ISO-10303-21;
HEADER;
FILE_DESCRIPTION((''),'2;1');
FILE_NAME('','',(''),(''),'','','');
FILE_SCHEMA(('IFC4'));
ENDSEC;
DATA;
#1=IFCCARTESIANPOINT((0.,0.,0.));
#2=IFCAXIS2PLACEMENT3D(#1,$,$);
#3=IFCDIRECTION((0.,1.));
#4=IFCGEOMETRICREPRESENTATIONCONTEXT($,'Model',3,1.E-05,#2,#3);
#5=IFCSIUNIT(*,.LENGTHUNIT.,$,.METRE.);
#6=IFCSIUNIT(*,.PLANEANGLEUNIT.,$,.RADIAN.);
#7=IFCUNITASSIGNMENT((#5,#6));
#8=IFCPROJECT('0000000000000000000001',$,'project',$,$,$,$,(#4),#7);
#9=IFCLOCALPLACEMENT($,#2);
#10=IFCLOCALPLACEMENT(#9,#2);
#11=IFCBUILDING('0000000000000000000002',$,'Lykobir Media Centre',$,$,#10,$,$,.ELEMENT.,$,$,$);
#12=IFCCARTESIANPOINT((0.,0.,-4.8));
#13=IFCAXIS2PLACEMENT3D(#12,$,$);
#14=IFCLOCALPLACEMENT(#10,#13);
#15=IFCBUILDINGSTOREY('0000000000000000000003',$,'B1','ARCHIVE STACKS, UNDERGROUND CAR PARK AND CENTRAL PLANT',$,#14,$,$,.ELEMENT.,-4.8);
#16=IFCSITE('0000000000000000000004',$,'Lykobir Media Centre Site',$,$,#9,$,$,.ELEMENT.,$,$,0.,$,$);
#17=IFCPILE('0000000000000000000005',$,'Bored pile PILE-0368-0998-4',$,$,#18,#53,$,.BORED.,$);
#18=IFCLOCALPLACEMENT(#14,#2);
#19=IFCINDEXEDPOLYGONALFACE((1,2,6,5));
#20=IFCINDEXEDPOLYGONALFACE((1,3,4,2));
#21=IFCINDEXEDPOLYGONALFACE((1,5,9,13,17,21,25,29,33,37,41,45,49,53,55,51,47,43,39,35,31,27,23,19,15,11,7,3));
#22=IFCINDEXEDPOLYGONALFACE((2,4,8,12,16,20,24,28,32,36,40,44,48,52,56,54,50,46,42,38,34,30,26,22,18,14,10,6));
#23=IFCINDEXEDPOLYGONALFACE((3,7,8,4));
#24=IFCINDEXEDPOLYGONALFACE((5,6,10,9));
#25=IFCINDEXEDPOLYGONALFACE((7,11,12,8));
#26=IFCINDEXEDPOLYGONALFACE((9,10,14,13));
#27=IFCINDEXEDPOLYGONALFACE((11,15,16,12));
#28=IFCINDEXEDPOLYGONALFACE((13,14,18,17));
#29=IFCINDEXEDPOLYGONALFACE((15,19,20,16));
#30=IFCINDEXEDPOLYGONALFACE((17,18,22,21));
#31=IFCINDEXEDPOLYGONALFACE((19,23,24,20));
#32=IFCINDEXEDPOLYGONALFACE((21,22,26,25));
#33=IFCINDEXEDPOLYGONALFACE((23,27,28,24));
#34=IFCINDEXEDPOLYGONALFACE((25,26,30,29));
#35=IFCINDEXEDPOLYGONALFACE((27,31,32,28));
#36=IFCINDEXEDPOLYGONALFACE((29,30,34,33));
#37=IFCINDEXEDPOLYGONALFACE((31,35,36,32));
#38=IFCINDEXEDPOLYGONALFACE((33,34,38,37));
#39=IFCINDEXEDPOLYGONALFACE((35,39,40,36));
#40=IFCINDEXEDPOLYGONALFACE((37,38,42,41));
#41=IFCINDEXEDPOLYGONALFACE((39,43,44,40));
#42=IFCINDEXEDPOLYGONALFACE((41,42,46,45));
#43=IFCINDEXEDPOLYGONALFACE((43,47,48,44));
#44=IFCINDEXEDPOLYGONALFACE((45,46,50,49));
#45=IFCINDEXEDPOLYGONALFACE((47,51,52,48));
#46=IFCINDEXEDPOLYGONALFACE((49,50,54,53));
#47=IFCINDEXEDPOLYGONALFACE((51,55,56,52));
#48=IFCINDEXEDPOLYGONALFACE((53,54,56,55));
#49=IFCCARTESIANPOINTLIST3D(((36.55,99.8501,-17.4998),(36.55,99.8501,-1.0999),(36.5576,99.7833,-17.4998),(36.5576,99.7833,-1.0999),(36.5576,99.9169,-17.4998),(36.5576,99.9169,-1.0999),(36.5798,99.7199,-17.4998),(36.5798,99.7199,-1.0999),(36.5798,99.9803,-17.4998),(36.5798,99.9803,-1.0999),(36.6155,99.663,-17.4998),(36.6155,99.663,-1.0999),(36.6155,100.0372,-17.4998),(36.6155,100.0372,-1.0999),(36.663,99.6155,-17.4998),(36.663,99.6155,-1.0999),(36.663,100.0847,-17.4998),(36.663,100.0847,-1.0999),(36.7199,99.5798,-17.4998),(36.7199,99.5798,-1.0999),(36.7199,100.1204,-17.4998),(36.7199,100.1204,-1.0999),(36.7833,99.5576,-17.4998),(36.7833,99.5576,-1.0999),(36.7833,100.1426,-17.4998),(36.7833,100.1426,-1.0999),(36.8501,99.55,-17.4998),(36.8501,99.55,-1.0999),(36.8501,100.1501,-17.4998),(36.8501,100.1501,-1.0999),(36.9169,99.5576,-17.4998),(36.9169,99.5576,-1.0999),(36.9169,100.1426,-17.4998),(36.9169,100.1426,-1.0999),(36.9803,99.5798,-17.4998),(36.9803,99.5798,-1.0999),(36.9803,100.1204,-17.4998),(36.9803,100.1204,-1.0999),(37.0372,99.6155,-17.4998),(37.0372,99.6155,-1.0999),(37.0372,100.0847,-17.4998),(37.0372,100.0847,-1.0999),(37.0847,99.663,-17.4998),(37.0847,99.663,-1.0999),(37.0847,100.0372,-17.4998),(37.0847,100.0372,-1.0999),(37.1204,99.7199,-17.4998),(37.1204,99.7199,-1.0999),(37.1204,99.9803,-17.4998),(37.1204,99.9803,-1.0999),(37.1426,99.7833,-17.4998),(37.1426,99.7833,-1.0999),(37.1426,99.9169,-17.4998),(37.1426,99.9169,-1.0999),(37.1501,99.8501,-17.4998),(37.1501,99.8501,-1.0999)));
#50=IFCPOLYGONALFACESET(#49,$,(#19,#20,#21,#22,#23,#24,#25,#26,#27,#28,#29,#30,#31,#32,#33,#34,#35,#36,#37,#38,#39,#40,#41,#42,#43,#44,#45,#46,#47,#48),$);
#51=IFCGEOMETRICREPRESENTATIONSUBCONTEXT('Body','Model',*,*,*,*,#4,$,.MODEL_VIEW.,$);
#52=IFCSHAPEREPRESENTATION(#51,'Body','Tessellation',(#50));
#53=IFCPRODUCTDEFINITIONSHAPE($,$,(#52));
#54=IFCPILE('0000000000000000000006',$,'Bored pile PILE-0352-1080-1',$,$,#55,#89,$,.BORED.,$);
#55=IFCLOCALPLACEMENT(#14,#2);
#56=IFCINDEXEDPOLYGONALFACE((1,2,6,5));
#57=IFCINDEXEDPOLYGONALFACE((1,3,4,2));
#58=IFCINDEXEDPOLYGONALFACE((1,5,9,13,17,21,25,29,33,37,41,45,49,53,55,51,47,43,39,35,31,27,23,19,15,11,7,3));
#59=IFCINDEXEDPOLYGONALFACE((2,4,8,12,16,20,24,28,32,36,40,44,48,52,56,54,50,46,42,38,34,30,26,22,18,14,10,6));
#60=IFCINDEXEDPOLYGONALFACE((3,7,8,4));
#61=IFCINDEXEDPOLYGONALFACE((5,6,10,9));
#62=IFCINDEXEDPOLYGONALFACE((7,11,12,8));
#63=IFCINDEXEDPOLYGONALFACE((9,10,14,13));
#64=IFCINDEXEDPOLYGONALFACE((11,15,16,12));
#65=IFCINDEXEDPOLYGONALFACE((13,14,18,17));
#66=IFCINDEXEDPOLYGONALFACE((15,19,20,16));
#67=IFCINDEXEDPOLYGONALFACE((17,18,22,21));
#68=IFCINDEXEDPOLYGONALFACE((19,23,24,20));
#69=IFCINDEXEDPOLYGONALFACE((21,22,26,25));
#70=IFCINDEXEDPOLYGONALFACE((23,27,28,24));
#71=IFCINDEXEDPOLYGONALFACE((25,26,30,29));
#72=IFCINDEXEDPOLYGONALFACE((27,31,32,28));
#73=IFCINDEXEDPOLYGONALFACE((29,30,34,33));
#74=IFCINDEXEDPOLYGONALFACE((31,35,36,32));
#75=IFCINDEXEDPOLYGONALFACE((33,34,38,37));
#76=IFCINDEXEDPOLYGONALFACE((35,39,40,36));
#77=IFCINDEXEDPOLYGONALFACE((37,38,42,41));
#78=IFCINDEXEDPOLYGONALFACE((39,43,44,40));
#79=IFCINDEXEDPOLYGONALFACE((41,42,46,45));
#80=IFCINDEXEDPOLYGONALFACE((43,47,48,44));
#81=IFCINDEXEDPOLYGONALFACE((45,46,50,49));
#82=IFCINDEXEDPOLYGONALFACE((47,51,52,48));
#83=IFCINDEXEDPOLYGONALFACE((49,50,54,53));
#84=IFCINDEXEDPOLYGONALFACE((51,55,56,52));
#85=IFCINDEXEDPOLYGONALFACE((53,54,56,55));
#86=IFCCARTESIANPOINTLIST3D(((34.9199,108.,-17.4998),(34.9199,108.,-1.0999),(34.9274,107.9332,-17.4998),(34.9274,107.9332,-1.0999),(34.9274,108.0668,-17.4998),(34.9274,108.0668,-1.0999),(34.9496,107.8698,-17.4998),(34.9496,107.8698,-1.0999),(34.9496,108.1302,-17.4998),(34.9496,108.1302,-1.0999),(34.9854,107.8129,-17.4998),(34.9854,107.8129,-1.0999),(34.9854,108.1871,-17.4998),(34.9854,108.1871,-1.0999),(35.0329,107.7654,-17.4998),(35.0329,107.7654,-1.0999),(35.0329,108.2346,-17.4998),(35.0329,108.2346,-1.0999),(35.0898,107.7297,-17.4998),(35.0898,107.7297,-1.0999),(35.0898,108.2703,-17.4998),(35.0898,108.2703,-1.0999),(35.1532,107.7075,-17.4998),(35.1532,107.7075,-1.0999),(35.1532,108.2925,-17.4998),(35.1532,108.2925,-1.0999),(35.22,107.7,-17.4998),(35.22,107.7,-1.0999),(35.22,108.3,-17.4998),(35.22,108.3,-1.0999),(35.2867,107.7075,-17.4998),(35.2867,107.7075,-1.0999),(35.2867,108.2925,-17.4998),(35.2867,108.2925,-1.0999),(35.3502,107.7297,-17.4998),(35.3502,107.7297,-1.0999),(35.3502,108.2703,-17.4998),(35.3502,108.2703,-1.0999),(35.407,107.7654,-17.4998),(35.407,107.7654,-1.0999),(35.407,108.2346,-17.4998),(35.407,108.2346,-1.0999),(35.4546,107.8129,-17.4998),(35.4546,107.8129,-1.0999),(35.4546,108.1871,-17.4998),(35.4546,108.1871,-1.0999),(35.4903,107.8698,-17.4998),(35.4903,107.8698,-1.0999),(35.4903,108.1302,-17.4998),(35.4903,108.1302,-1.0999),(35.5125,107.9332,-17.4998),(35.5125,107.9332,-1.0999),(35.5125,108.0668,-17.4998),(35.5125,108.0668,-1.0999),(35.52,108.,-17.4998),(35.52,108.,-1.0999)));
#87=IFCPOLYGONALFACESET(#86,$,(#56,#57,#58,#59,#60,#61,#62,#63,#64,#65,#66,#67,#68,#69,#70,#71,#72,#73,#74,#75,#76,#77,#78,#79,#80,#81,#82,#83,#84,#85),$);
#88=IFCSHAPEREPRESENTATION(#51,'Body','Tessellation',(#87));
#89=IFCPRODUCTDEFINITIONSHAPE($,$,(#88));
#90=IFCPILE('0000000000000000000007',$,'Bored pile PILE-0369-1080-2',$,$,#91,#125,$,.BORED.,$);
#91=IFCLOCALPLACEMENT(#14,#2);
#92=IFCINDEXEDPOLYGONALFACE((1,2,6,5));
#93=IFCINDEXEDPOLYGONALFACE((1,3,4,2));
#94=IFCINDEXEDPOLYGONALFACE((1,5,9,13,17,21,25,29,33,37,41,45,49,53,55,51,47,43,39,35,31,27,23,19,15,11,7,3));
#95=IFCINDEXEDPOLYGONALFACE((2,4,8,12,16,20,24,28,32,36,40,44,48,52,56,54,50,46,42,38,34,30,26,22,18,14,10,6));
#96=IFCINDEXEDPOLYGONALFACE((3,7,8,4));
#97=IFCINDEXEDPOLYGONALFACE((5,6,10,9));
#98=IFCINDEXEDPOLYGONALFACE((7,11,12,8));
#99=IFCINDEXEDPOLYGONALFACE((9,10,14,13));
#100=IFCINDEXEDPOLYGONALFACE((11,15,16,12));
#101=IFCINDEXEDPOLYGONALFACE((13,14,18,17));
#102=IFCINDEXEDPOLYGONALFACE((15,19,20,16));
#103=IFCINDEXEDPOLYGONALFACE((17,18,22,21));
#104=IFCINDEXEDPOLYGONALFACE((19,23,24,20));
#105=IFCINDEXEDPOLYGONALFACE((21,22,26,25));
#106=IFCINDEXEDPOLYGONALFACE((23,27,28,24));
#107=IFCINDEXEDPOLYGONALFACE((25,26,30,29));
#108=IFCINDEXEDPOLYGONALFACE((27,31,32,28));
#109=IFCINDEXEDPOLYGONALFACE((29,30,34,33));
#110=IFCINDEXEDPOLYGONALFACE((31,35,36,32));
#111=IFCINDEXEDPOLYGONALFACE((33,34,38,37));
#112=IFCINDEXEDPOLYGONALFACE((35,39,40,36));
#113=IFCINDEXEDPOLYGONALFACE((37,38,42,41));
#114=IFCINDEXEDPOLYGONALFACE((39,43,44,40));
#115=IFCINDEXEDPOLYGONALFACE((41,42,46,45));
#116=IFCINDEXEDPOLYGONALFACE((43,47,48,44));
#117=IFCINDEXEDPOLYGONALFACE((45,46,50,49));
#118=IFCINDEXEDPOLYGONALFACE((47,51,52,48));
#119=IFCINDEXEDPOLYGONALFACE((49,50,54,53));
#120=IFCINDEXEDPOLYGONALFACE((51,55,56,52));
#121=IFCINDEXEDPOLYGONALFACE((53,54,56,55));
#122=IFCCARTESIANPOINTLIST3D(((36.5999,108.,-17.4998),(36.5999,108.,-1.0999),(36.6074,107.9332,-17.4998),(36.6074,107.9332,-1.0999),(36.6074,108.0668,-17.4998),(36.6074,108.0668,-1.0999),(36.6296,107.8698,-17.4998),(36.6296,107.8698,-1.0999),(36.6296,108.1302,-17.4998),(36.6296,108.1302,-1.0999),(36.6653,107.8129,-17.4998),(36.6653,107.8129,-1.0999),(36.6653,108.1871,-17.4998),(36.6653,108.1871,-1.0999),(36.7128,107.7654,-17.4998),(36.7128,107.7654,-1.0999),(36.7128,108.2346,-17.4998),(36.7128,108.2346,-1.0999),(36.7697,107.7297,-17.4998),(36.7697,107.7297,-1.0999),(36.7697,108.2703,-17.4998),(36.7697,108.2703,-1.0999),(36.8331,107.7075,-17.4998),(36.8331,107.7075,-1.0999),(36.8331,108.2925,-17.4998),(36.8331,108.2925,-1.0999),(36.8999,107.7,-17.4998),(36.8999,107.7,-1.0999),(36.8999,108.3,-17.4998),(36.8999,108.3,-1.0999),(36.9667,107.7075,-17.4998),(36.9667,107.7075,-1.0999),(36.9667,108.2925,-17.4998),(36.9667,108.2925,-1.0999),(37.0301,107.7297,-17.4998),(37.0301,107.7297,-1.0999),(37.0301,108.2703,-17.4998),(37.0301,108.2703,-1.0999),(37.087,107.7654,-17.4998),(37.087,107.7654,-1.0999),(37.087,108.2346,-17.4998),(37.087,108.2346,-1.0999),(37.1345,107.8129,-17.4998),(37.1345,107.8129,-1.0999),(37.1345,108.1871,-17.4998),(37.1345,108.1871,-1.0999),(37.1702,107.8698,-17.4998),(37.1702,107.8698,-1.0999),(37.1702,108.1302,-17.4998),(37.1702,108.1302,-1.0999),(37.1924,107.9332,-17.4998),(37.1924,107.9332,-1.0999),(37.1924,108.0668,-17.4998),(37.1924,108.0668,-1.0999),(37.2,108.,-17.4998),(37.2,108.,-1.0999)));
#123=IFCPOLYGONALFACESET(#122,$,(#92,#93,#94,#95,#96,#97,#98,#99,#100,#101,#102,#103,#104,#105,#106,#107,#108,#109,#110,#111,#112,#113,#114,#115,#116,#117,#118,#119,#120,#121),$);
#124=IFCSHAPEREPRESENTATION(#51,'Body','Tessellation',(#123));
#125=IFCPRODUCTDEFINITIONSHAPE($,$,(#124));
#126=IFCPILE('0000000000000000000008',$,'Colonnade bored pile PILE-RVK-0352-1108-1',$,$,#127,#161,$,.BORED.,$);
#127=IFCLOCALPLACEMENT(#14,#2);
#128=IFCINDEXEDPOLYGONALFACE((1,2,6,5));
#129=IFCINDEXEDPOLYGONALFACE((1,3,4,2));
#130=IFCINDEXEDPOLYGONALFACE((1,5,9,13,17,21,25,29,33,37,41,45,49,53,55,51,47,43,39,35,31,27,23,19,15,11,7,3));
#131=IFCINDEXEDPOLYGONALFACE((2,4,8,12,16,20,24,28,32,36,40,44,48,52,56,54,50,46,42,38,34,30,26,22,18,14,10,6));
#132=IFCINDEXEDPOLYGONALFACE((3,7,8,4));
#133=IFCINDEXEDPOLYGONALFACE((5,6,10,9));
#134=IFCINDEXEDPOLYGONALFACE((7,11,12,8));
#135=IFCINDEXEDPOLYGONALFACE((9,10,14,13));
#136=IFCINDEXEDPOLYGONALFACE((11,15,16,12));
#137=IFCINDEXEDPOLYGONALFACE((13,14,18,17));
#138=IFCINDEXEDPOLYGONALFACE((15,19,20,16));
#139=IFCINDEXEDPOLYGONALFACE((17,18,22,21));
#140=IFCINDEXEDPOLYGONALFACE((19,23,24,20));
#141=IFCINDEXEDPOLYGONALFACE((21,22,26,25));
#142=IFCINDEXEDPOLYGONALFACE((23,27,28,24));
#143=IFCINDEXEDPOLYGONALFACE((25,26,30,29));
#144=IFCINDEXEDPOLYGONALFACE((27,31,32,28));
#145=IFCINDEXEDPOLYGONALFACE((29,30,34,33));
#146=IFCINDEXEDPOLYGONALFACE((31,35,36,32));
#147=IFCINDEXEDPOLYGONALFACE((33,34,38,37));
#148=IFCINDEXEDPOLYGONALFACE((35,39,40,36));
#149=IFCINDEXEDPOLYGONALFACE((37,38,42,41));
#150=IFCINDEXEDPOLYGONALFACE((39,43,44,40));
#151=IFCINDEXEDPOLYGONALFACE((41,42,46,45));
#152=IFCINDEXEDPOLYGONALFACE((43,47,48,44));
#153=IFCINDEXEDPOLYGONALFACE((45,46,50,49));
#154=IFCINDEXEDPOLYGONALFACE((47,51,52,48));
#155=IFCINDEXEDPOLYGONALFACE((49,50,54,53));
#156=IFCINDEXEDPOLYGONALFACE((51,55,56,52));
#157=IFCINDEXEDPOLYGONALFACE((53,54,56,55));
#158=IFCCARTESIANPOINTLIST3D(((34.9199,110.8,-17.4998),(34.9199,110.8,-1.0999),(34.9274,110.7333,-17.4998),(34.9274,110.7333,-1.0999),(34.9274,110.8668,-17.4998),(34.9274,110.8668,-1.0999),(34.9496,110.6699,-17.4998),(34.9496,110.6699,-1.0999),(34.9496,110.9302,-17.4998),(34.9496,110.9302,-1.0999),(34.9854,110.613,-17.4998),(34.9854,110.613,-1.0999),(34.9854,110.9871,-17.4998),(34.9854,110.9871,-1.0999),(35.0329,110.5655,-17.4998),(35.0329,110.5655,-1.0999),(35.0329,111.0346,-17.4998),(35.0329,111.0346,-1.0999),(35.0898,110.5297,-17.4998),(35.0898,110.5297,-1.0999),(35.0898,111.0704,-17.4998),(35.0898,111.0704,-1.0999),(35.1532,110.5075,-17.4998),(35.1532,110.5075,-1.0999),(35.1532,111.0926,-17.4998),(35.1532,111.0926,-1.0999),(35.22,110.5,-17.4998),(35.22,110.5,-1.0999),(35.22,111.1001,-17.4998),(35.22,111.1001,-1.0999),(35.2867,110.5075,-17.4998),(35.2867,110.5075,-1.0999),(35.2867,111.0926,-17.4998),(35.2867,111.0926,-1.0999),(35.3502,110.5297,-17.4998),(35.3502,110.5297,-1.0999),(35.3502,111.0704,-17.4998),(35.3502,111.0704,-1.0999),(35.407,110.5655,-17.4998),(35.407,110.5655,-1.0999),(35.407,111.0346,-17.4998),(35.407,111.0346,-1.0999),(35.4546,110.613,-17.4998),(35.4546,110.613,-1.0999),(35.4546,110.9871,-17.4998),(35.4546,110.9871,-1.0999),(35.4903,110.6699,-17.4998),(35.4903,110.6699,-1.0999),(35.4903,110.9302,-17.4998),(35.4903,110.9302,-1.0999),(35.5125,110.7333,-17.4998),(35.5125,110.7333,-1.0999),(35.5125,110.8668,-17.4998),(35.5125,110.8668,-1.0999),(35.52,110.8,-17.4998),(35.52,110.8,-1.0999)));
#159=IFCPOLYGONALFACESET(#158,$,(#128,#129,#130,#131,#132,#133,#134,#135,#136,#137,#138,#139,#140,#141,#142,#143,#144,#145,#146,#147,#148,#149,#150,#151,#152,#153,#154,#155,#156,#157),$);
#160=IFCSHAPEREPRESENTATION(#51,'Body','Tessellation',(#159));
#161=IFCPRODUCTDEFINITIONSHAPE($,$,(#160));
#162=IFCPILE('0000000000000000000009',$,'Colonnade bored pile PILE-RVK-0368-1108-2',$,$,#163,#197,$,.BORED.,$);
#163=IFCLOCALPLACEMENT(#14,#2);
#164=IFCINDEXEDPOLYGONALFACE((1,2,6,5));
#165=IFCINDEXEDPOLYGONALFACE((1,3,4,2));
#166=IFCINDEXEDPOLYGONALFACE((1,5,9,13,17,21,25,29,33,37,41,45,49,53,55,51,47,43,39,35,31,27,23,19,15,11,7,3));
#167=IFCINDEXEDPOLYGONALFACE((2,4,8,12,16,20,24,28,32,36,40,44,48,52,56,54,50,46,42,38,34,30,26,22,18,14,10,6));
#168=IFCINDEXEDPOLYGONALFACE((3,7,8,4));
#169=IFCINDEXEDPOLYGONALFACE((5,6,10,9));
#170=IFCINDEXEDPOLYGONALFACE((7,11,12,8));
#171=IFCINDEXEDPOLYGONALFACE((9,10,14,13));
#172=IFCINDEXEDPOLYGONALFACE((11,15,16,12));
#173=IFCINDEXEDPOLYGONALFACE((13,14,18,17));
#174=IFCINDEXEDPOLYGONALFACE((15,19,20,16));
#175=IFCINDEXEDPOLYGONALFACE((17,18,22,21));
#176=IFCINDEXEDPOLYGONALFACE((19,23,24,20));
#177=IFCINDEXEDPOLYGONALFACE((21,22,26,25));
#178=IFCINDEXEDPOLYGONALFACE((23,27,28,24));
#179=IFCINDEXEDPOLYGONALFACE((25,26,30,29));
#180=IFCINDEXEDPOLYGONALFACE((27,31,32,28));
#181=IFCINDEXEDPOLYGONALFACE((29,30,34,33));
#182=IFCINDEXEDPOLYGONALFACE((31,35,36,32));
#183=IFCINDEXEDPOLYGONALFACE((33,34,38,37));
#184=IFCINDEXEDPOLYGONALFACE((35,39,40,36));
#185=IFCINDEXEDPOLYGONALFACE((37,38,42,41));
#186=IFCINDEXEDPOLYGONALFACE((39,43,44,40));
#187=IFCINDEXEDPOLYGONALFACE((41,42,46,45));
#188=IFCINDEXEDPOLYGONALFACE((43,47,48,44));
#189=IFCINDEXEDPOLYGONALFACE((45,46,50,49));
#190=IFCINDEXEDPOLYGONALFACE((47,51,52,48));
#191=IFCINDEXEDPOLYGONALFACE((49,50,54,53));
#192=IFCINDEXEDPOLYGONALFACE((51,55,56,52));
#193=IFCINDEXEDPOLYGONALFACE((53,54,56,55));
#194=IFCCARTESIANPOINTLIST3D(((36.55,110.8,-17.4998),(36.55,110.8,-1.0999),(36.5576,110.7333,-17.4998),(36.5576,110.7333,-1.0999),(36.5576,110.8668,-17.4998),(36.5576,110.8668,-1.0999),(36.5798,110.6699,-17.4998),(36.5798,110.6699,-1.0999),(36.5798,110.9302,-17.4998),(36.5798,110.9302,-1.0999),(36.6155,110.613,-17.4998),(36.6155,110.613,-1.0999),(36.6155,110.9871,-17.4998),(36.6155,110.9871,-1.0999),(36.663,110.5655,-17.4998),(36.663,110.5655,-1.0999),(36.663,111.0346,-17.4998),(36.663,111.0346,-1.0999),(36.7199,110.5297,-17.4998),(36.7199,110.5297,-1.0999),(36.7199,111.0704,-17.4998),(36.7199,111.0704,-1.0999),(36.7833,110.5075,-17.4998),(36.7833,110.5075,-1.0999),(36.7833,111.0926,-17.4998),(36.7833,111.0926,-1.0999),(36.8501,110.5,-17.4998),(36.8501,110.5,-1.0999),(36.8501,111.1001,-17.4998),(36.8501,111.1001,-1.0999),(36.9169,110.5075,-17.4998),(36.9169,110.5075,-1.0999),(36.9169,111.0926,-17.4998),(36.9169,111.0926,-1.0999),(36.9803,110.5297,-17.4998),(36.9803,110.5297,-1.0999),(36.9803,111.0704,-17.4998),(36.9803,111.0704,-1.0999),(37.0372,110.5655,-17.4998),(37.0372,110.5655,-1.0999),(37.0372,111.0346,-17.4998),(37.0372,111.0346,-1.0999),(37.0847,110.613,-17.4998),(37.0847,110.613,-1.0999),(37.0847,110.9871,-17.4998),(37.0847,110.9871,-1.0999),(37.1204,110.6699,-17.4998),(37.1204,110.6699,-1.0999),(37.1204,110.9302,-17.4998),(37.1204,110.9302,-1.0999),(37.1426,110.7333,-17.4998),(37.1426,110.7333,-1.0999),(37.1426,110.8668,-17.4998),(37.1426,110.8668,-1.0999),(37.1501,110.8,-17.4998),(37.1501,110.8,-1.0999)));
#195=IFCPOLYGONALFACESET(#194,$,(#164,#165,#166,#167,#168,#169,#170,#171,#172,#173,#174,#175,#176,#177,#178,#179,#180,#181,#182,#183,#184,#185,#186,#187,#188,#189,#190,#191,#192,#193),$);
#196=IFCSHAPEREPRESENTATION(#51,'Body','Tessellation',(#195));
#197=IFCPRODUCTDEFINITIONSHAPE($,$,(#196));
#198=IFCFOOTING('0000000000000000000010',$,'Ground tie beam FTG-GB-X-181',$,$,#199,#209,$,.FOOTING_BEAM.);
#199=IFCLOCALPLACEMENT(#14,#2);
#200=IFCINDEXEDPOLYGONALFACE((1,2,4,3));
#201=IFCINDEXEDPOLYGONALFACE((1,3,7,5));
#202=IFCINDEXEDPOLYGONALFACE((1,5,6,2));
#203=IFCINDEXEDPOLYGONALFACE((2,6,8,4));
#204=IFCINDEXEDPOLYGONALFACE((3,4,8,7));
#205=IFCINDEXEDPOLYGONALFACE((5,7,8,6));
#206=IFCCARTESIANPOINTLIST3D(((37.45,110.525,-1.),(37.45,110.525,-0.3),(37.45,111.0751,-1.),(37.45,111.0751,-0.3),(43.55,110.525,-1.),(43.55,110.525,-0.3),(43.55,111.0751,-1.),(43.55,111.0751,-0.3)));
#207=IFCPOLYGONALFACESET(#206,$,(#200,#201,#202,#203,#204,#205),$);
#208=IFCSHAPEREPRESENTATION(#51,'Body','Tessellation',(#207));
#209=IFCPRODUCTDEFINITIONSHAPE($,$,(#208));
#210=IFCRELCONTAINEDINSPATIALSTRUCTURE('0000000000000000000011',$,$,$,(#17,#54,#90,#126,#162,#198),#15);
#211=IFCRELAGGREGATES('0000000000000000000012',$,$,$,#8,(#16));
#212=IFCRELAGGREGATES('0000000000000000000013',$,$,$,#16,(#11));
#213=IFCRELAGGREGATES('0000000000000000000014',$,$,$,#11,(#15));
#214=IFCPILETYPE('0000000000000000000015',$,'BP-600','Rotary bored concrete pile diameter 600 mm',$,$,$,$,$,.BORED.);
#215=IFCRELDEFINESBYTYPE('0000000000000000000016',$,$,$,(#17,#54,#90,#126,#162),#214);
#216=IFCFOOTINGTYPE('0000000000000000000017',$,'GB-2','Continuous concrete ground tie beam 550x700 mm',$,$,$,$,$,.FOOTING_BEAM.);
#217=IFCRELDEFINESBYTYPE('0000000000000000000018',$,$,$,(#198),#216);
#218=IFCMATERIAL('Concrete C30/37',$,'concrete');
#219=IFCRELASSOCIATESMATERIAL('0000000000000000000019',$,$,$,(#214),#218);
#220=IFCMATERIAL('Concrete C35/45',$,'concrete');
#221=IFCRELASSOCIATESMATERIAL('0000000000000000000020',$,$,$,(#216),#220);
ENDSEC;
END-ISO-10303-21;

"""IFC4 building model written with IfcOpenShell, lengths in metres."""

from ifc_helpers import new_model, si_unit, direction, frame, origin, origin_2d, place, context, subcontext, project, spatial, rectangle, circle, extrude, material, material_profile, profile_set, type_object, element, save


model = new_model("IFC4")

# Units and contexts
model_context = context("Model", 3, precision=1e-05, world=origin(), true_north=direction((0.0, 1.0)))
body_context = subcontext(model_context, "Body", "Model", "MODEL_VIEW")
ifc_project = project(units=[si_unit("LENGTHUNIT", "METRE"), si_unit("PLANEANGLEUNIT", "RADIAN")], contexts=[model_context])

# Site, building, storey
site_placement = place(None, origin())
site = spatial("IfcSite", under=ifc_project, at=site_placement, Name="Lykobir Media Centre Site", CompositionType="ELEMENT", RefElevation=0.0)
building_placement = place(site_placement, origin())
building = spatial("IfcBuilding", under=site, at=building_placement, Name="Lykobir Media Centre", CompositionType="ELEMENT")
storey_placement = place(building_placement, frame((0.0, 0.0, -4.8)))
storey = spatial("IfcBuildingStorey", under=building, at=storey_placement, Name="B1", Description="ARCHIVE STACKS, UNDERGROUND CAR PARK AND CENTRAL PLANT", CompositionType="ELEMENT", Elevation=-4.8)

# Piles
ifc_material_1 = material(Name="Concrete C30/37", Category="concrete")
ifc_material_profile_1 = material_profile(ifc_material_1, circle(Radius=0.3, at=origin_2d()), Name="BORED PILE D600")
ifc_profile_set_1 = profile_set([ifc_material_profile_1], Name="Concrete C30/37")
pile_type = type_object("IfcPileType", Name="BP-600", Description="Rotary bored concrete pile diameter 600 mm", PredefinedType="BORED", material=ifc_profile_set_1)
for number, where, z_axis, x_axis, name in (
    (1, (36.8501, 99.8501, -1.0999), (0.0, 0.0, -1.0), (1.0, 0.0, 0.0), "Bored pile PILE-0368-0998-4"),
    (2, (35.22, 108.0, -1.0999), (0.0, 0.0, -1.0), (1.0, 0.0, 0.0), "Bored pile PILE-0352-1080-1"),
    (3, (36.8999, 108.0, -1.0999), (0.0, 0.0, -1.0), (1.0, 0.0, 0.0), "Bored pile PILE-0369-1080-2"),
    (4, (35.22, 110.8, -1.0999), (0.0, 0.0, -1.0), (1.0, 0.0, 0.0), "Colonnade bored pile PILE-RVK-0352-1108-1"),
    (5, (36.8501, 110.8, -1.0999), (0.0, 0.0, -1.0), (1.0, 0.0, 0.0), "Colonnade bored pile PILE-RVK-0368-1108-2"),
):
    element("IfcPile", number, at=place(storey_placement, frame(where, z_axis=z_axis, x_axis=x_axis)), inside=storey, type_object=pile_type, Name=name, PredefinedType="BORED", context=body_context, shape_type="SweptSolid", body=[
        extrude(circle(Radius=0.3, at=origin_2d()), origin(), (0.0, 0.0, 1.0), 16.3999),
    ])

# Footing
ifc_material_2 = material(Name="Concrete C35/45", Category="concrete")
footing_type_1 = type_object("IfcFootingType", Name="GB-2", Description="Continuous concrete ground tie beam 550x700 mm", PredefinedType="FOOTING_BEAM", material=ifc_material_2)
footing_1_placement = place(storey_placement, frame((40.5, 110.8, -1.0), z_axis=(0.0, 0.0, 1.0), x_axis=(1.0, 0.0, 0.0)))
element("IfcFooting", 6, at=footing_1_placement, inside=storey, type_object=footing_type_1, Name="Ground tie beam FTG-GB-X-181", PredefinedType="FOOTING_BEAM", context=body_context, shape_type="SweptSolid", body=[
    extrude(rectangle(XDim=6.1001, YDim=0.55, at=origin_2d()), origin(), (0.0, 0.0, 1.0), 0.7),
])

save(model, "model.ifc")
